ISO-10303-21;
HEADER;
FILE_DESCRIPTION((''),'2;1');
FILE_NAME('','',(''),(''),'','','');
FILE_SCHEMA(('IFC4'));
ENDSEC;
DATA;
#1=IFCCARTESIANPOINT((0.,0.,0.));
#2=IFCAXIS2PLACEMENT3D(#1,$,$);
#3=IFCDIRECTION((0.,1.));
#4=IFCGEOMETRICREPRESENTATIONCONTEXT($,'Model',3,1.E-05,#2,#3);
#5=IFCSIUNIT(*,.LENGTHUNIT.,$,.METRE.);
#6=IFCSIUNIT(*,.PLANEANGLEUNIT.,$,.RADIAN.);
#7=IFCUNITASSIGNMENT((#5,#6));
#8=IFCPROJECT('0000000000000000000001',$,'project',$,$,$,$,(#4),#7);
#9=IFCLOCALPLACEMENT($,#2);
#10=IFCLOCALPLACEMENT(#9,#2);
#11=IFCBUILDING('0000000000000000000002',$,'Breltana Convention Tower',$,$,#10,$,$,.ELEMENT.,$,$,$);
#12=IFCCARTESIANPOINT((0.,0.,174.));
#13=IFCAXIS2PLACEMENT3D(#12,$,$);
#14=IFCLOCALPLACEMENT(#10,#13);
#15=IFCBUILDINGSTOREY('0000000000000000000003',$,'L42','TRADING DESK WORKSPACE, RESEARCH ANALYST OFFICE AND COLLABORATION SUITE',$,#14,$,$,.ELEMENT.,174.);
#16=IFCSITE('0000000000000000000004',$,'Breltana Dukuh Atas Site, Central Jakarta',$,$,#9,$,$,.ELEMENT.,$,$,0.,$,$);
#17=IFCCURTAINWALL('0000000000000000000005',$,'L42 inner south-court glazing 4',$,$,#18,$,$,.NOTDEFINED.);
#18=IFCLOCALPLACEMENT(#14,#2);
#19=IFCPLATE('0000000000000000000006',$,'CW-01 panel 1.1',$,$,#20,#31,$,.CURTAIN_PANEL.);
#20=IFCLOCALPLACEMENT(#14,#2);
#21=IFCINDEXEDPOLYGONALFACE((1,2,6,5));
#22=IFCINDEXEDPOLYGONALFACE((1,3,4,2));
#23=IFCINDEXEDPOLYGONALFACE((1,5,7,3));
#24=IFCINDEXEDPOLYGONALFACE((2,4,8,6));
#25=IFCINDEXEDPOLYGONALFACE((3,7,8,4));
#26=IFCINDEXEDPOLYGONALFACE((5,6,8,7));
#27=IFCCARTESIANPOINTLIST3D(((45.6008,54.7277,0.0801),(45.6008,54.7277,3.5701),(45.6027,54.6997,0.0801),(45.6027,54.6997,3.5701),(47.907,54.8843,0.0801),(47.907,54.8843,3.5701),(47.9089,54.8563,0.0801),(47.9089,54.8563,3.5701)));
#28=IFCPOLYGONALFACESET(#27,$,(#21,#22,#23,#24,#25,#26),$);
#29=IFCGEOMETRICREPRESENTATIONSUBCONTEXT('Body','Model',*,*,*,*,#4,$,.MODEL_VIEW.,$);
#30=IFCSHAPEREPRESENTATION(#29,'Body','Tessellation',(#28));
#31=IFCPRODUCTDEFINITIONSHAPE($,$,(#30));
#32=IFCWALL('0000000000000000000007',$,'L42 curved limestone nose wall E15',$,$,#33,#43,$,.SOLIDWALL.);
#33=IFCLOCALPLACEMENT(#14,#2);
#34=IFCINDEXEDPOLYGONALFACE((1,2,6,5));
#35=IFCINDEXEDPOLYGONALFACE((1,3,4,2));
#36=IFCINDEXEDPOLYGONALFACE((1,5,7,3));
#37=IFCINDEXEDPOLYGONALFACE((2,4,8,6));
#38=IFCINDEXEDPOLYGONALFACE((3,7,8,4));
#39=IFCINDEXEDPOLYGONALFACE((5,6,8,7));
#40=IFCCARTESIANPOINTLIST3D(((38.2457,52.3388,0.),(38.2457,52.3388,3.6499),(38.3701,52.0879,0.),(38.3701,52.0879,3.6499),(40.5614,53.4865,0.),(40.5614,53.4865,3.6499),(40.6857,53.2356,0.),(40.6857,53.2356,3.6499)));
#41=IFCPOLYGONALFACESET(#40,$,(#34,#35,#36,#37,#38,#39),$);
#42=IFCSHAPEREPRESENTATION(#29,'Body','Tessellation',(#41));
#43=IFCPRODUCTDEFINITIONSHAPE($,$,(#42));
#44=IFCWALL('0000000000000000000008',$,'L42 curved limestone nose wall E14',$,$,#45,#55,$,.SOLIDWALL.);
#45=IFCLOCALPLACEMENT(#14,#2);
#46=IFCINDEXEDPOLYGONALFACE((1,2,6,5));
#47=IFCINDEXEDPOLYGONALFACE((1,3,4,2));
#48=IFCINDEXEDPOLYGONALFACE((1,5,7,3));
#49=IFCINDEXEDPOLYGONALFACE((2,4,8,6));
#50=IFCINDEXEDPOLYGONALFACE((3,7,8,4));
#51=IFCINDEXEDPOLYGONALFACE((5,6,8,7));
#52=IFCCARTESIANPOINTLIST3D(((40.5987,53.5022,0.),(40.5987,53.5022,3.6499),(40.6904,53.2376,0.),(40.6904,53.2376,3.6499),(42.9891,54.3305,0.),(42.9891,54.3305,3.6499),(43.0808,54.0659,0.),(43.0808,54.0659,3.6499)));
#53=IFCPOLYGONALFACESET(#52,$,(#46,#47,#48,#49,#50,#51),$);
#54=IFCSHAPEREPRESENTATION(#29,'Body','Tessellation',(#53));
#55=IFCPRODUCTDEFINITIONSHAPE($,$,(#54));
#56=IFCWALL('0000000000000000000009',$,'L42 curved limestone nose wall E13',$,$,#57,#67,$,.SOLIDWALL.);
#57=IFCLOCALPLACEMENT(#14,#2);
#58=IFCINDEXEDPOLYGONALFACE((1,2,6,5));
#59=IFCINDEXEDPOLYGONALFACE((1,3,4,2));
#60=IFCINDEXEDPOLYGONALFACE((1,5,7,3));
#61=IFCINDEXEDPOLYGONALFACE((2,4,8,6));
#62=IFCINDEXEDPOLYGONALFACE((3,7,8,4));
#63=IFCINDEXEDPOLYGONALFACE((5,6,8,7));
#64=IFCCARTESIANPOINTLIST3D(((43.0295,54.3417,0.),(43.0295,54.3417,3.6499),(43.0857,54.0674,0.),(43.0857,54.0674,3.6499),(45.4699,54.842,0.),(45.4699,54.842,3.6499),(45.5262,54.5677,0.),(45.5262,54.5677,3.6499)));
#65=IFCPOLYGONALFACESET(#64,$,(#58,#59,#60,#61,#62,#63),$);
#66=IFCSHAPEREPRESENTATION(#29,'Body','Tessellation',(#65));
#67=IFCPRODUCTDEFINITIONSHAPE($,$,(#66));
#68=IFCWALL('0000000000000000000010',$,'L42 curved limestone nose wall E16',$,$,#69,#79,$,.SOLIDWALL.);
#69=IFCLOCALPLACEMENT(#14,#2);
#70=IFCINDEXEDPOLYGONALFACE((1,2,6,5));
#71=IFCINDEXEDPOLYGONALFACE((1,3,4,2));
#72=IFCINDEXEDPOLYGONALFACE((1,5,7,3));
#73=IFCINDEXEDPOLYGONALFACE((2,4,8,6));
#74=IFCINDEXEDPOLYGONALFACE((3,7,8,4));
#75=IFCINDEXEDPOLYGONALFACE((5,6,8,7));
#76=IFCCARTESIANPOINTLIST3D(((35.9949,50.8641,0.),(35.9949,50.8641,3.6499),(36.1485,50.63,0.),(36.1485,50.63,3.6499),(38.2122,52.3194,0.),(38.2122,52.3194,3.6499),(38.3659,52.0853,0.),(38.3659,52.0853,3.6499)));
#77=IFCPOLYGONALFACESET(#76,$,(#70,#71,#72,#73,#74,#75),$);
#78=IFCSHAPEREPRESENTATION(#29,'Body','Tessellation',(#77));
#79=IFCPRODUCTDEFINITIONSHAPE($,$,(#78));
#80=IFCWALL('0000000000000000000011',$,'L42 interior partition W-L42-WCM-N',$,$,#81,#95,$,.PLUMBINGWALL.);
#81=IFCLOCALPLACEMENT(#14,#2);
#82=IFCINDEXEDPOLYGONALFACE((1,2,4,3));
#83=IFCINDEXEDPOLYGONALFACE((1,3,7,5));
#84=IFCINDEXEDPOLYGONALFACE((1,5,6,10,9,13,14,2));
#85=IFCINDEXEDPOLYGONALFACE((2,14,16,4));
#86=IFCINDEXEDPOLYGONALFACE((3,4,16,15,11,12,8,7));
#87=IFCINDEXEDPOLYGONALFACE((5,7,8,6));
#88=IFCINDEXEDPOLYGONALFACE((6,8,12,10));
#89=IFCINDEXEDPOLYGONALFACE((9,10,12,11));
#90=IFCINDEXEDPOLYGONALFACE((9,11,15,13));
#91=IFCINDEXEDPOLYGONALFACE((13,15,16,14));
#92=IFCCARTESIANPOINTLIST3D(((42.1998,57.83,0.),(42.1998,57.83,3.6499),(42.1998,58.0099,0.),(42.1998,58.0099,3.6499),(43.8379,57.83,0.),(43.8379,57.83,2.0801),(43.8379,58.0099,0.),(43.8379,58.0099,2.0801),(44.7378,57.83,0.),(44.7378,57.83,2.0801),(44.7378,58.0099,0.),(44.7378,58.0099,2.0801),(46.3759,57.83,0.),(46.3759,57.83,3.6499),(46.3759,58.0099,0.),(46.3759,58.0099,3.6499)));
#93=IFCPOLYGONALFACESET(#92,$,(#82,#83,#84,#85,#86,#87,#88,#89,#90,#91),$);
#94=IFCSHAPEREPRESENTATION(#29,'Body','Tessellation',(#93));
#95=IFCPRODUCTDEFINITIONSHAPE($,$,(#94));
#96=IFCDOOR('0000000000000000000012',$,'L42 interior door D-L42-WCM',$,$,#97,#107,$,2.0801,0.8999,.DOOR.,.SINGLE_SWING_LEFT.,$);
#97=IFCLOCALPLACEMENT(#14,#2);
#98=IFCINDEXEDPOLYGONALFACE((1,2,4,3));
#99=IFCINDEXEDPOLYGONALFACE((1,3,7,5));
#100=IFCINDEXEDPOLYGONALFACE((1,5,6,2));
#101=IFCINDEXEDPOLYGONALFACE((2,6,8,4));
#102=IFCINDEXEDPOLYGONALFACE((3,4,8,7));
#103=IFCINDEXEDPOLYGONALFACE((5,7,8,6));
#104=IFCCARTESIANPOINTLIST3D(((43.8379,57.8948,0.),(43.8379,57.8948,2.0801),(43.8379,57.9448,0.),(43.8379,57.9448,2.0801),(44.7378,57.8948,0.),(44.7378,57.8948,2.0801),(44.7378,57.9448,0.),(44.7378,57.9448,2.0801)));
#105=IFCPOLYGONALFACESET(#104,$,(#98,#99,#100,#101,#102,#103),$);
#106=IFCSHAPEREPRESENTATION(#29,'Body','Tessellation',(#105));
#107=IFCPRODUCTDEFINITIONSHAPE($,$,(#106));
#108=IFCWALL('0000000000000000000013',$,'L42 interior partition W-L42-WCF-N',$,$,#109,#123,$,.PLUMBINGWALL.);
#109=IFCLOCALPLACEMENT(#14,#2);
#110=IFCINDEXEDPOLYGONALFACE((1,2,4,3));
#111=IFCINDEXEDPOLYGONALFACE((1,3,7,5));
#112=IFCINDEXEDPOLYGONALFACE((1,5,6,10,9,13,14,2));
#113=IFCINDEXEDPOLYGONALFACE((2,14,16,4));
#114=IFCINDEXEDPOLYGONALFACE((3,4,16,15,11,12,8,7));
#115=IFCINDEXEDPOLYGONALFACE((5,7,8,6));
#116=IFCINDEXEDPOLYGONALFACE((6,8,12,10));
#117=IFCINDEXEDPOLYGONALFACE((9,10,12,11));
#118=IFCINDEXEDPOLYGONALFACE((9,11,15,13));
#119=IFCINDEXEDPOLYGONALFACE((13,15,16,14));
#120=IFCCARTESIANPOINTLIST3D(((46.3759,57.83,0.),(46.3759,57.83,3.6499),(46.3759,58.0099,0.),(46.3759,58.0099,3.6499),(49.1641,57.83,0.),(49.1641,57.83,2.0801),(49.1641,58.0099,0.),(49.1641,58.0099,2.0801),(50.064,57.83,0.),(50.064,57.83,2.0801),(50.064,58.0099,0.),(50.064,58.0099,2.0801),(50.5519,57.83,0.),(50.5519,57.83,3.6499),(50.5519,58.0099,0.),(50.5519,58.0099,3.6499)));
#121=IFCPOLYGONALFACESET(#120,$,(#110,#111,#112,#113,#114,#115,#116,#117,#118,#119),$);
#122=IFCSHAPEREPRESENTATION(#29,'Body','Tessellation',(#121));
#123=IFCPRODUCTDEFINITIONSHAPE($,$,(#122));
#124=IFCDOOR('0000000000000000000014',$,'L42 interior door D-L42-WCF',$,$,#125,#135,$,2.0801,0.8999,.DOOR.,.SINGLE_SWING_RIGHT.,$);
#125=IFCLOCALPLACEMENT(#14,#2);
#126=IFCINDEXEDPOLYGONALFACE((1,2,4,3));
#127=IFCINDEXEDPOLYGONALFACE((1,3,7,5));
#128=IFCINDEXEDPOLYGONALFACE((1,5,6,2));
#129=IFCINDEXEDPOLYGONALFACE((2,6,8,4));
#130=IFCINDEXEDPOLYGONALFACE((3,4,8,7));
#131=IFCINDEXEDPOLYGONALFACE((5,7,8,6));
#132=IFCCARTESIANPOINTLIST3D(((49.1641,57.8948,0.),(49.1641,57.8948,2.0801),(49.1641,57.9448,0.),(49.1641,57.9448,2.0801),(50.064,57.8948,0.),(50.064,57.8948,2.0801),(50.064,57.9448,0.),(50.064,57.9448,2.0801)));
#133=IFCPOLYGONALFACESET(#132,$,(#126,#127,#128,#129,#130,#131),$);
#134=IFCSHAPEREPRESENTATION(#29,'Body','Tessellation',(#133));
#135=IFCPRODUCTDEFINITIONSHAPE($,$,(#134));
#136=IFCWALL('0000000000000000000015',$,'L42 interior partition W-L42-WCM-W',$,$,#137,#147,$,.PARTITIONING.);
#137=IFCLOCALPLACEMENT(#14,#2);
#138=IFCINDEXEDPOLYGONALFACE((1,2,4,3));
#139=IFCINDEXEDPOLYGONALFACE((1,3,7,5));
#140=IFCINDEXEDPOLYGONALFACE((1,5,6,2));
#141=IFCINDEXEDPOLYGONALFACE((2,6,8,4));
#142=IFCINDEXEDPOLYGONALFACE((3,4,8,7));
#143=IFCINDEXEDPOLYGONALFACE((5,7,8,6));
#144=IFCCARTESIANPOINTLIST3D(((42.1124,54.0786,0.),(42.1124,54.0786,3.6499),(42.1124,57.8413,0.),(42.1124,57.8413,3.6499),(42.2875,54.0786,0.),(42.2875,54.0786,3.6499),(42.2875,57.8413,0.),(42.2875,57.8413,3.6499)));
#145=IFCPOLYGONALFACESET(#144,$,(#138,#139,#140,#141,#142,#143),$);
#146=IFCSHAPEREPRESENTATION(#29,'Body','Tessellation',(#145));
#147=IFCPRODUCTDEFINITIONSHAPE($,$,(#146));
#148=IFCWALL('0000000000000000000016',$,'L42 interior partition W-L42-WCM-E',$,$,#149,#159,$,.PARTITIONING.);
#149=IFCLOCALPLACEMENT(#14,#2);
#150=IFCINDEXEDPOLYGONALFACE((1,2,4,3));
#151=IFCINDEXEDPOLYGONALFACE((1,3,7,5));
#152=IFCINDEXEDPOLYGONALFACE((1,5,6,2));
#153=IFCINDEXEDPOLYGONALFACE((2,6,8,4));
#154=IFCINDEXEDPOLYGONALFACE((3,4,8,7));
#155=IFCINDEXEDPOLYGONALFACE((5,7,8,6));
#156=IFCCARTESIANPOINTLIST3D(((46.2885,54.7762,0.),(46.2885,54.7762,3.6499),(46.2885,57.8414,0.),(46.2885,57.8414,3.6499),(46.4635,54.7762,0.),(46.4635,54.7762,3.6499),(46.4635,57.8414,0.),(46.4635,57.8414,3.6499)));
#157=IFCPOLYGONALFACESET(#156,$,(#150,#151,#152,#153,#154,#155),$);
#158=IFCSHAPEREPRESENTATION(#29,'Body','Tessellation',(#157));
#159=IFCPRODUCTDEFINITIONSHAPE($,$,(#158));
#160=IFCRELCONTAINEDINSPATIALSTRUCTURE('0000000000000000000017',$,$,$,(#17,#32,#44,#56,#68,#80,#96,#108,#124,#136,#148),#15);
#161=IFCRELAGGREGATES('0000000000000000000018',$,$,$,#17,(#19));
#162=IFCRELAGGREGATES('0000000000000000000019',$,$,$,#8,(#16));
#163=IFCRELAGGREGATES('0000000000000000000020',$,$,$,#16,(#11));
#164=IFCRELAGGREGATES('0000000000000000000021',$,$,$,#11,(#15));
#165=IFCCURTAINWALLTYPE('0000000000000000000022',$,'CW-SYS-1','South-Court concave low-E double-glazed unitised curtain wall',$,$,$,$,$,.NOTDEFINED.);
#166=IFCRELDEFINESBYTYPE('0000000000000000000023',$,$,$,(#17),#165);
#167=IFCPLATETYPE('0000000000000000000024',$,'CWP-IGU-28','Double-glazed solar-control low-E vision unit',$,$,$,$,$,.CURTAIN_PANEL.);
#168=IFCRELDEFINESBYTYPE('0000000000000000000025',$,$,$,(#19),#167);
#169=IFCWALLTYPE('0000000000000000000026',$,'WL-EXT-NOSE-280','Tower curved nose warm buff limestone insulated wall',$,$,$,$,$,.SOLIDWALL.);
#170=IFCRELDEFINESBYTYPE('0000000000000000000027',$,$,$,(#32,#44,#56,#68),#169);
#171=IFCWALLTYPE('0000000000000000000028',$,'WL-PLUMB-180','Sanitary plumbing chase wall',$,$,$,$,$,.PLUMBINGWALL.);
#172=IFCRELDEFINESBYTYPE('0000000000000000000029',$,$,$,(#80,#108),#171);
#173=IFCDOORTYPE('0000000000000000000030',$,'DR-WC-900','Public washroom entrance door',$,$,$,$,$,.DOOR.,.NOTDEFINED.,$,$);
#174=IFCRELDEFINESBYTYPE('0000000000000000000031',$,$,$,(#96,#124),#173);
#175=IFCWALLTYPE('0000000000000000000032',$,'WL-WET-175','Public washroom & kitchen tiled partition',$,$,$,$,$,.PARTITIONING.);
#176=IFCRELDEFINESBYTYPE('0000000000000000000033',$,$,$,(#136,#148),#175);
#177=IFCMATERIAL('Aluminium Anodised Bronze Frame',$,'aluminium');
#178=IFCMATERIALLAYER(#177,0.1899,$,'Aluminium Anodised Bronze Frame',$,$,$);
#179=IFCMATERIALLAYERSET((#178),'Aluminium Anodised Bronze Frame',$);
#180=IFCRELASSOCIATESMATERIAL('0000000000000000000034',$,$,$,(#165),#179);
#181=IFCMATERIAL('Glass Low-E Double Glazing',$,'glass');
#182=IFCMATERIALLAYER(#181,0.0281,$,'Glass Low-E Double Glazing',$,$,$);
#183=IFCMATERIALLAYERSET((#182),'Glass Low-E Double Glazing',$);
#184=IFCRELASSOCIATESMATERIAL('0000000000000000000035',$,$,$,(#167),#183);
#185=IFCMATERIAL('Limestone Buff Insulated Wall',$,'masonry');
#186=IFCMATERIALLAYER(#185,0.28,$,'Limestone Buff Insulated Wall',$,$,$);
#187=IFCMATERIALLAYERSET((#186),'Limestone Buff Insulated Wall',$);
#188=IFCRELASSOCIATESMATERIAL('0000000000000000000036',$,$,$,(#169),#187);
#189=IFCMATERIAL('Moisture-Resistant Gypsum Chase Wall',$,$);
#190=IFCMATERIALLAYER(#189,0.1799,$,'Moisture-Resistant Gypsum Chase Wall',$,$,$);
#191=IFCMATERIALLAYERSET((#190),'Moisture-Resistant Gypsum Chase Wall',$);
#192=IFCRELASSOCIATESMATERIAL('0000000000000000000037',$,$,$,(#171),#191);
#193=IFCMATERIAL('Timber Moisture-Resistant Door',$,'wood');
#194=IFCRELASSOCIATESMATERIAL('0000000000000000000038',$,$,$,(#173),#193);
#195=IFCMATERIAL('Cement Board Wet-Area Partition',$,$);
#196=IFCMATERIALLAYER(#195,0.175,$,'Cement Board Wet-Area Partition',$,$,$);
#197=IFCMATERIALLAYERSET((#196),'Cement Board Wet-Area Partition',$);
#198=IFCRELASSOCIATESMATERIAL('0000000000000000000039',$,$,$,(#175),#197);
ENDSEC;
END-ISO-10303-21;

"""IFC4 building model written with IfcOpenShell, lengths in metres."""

from ifc_helpers import new_model, si_unit, direction, frame, frame_2d, origin, origin_2d, place, context, subcontext, project, spatial, rectangle, extrude, source, transform, mapped, material, layer, layer_set, type_object, type_shapes, element, fill, aggregate, save


model = new_model("IFC4")

# Units and contexts
model_context = context("Model", 3, precision=1e-05, world=origin(), true_north=direction((0.0, 1.0)))
body_context = subcontext(model_context, "Body", "Model", "MODEL_VIEW")
ifc_project = project(units=[si_unit("LENGTHUNIT", "METRE"), si_unit("PLANEANGLEUNIT", "RADIAN")], contexts=[model_context])

# Site, building, storey
site_placement = place(None, origin())
site = spatial("IfcSite", under=ifc_project, at=site_placement, Name="Breltana Dukuh Atas Site, Central Jakarta", CompositionType="ELEMENT", RefElevation=0.0)
building_placement = place(site_placement, origin())
building = spatial("IfcBuilding", under=site, at=building_placement, Name="Breltana Convention Tower", CompositionType="ELEMENT")
storey_placement = place(building_placement, frame((0.0, 0.0, 174.0)))
storey = spatial("IfcBuildingStorey", under=building, at=storey_placement, Name="L42", Description="TRADING DESK WORKSPACE, RESEARCH ANALYST OFFICE AND COLLABORATION SUITE", CompositionType="ELEMENT", Elevation=174.0)

# Curtain wall
ifc_material_1 = material(Name="Aluminium Anodised Bronze Frame", Category="aluminium")
ifc_layer_1 = layer(ifc_material_1, 0.1899, Name="Aluminium Anodised Bronze Frame")
ifc_layer_set_1 = layer_set([ifc_layer_1], Name="Aluminium Anodised Bronze Frame")
curtain_wall_type = type_object("IfcCurtainWallType", Name="CW-SYS-1", Description="South-Court concave low-E double-glazed unitised curtain wall", PredefinedType="NOTDEFINED", material=ifc_layer_set_1)
curtain_wall_1_placement = place(storey_placement, origin())
curtain_wall_1 = element("IfcCurtainWall", 1, at=curtain_wall_1_placement, inside=storey, type_object=curtain_wall_type, Name="L42 inner south-court glazing 4", PredefinedType="NOTDEFINED")

# Plate
ifc_material_2 = material(Name="Glass Low-E Double Glazing", Category="glass")
ifc_layer_2 = layer(ifc_material_2, 0.0281, Name="Glass Low-E Double Glazing")
ifc_layer_set_2 = layer_set([ifc_layer_2], Name="Glass Low-E Double Glazing")
plate_type = type_object("IfcPlateType", Name="CWP-IGU-28", Description="Double-glazed solar-control low-E vision unit", PredefinedType="CURTAIN_PANEL", material=ifc_layer_set_2)
shared_shape_1 = source(origin(), body_context, "Body", "SweptSolid", [
    extrude(rectangle(XDim=2.3115, YDim=0.0281, at=origin_2d()), origin(), (0.0, 0.0, 1.0), 3.49),
])
plate_placement = place(storey_placement, frame((46.7549, 54.792, 0.0801), z_axis=(0.0, 0.0, 1.0), x_axis=(-0.997703, -0.067733, 0.0)))
plate = element("IfcPlate", 2, at=plate_placement, type_object=plate_type, Name="CW-01 panel 1.1", PredefinedType="CURTAIN_PANEL", context=body_context, shape_type="MappedRepresentation", body=[
    mapped(shared_shape_1, transform((0.0, 0.0, 0.0), scale=1.0)),
])
aggregate(curtain_wall_1, [plate])

# Walls
ifc_material_3 = material(Name="Limestone Buff Insulated Wall", Category="masonry")
ifc_layer_3 = layer(ifc_material_3, 0.28, Name="Limestone Buff Insulated Wall")
ifc_layer_set_3 = layer_set([ifc_layer_3], Name="Limestone Buff Insulated Wall")
wall_type_1 = type_object("IfcWallType", Name="WL-EXT-NOSE-280", Description="Tower curved nose warm buff limestone insulated wall", PredefinedType="SOLIDWALL", material=ifc_layer_set_3)
shared_shape_2 = source(origin(), body_context, "Body", "SweptSolid", [
    extrude(rectangle(XDim=2.5845, YDim=0.28, at=frame_2d((1.2922, 0.0))), origin(), (0.0, 0.0, 1.0), 3.6499),
])
wall_1_placement = place(storey_placement, frame((40.6235, 53.3611, 0.0), z_axis=(0.0, 0.0, 1.0), x_axis=(-0.89599, -0.444075, 0.0)))
element("IfcWall", 3, at=wall_1_placement, inside=storey, type_object=wall_type_1, Name="L42 curved limestone nose wall E15", PredefinedType="SOLIDWALL", context=body_context, shape_type="MappedRepresentation", body=[
    mapped(shared_shape_2, transform((0.0, 0.0, 0.0), scale=1.0)),
])
shared_shape_3 = source(origin(), body_context, "Body", "SweptSolid", [
    extrude(rectangle(XDim=2.5298, YDim=0.28, at=frame_2d((1.2649, 0.0))), origin(), (0.0, 0.0, 1.0), 3.6499),
])
wall_2_placement = place(storey_placement, frame((43.0349, 54.1982, 0.0), z_axis=(0.0, 0.0, 1.0), x_axis=(-0.944872, -0.327439, 0.0)))
element("IfcWall", 4, at=wall_2_placement, inside=storey, type_object=wall_type_1, Name="L42 curved limestone nose wall E14", PredefinedType="SOLIDWALL", context=body_context, shape_type="MappedRepresentation", body=[
    mapped(shared_shape_3, transform((0.0, 0.0, 0.0), scale=1.0)),
])
shared_shape_4 = source(origin(), body_context, "Body", "SweptSolid", [
    extrude(rectangle(XDim=2.4912, YDim=0.28, at=frame_2d((1.2456, 0.0))), origin(), (0.0, 0.0, 1.0), 3.6499),
])
wall_3_placement = place(storey_placement, frame((45.498, 54.7048, 0.0), z_axis=(0.0, 0.0, 1.0), x_axis=(-0.979631, -0.200807, 0.0)))
element("IfcWall", 5, at=wall_3_placement, inside=storey, type_object=wall_type_1, Name="L42 curved limestone nose wall E13", PredefinedType="SOLIDWALL", context=body_context, shape_type="MappedRepresentation", body=[
    mapped(shared_shape_4, transform((0.0, 0.0, 0.0), scale=1.0)),
])
shared_shape_5 = source(origin(), body_context, "Body", "SweptSolid", [
    extrude(rectangle(XDim=2.6523, YDim=0.28, at=frame_2d((1.3262, 0.0))), origin(), (0.0, 0.0, 1.0), 3.6499),
])
wall_4_placement = place(storey_placement, frame((38.2891, 52.2024, 0.0), z_axis=(0.0, 0.0, 1.0), x_axis=(-0.836008, -0.548717, 0.0)))
element("IfcWall", 6, at=wall_4_placement, inside=storey, type_object=wall_type_1, Name="L42 curved limestone nose wall E16", PredefinedType="SOLIDWALL", context=body_context, shape_type="MappedRepresentation", body=[
    mapped(shared_shape_5, transform((0.0, 0.0, 0.0), scale=1.0)),
])

# Walls, openings, doors
ifc_material_4 = material(Name="Moisture-Resistant Gypsum Chase Wall")
ifc_layer_4 = layer(ifc_material_4, 0.1799, Name="Moisture-Resistant Gypsum Chase Wall")
ifc_layer_set_4 = layer_set([ifc_layer_4], Name="Moisture-Resistant Gypsum Chase Wall")
wall_type_2 = type_object("IfcWallType", Name="WL-PLUMB-180", Description="Sanitary plumbing chase wall", PredefinedType="PLUMBINGWALL", material=ifc_layer_set_4)
shared_shape_6 = source(origin(), body_context, "Body", "SweptSolid", [
    extrude(rectangle(XDim=4.176, YDim=0.1799, at=frame_2d((2.0879, 0.0))), origin(), (0.0, 0.0, 1.0), 3.6499),
])
wall_5_placement = place(storey_placement, frame((42.2, 57.9199, 0.0), z_axis=(0.0, 0.0, 1.0), x_axis=(1.0, 0.0, 0.0)))
wall_5 = element("IfcWall", 7, at=wall_5_placement, inside=storey, type_object=wall_type_2, Name="L42 interior partition W-L42-WCM-N", PredefinedType="PLUMBINGWALL", context=body_context, shape_type="MappedRepresentation", body=[
    mapped(shared_shape_6, transform((0.0, 0.0, 0.0), scale=1.0)),
])
opening_1_placement = place(wall_5_placement, frame((1.6379, 0.0, 0.0)))
opening_1 = element("IfcOpeningElement", 8, at=opening_1_placement, cuts=wall_5, PredefinedType="OPENING", context=body_context, shape_type="SweptSolid", body=[
    extrude(rectangle(XDim=0.8999, YDim=2.0801, at=frame_2d((0.45, 1.04))), frame((0.0, 0.1001, 0.0), z_axis=(0.0, -1.0, 0.0), x_axis=(1.0, 0.0, 0.0)), (0.0, 0.0, 1.0), 0.2),
])
ifc_material_5 = material(Name="Timber Moisture-Resistant Door", Category="wood")
door_type = type_object("IfcDoorType", Name="DR-WC-900", Description="Public washroom entrance door", OperationType="NOTDEFINED", PredefinedType="DOOR", material=ifc_material_5)
shared_shape_7 = source(origin(), body_context, "Body", "SweptSolid", [
    extrude(rectangle(XDim=0.8999, YDim=2.0801, at=frame_2d((0.45, 1.04))), frame((0.0, 0.0249, 0.0), z_axis=(0.0, -1.0, 0.0), x_axis=(1.0, 0.0, 0.0)), (0.0, 0.0, 1.0), 0.05),
])
type_shapes(door_type, [shared_shape_7])
door_1_placement = place(opening_1_placement, origin())
door_1 = element("IfcDoor", 9, at=door_1_placement, inside=storey, type_object=door_type, Name="L42 interior door D-L42-WCM", OperationType="SINGLE_SWING_LEFT", OverallHeight=2.0801, OverallWidth=0.8999, PredefinedType="DOOR", context=body_context, shape_type="MappedRepresentation", body=[
    mapped(shared_shape_7, transform((0.0, 0.0, 0.0), scale=1.0)),
])
fill(opening_1, door_1)
wall_6_placement = place(storey_placement, frame((46.376, 57.9199, 0.0), z_axis=(0.0, 0.0, 1.0), x_axis=(1.0, 0.0, 0.0)))
wall_6 = element("IfcWall", 10, at=wall_6_placement, inside=storey, type_object=wall_type_2, Name="L42 interior partition W-L42-WCF-N", PredefinedType="PLUMBINGWALL", context=body_context, shape_type="MappedRepresentation", body=[
    mapped(shared_shape_6, transform((0.0, 0.0, 0.0), scale=1.0)),
])
opening_2_placement = place(wall_6_placement, frame((2.7881, 0.0, 0.0)))
opening_2 = element("IfcOpeningElement", 11, at=opening_2_placement, cuts=wall_6, PredefinedType="OPENING", context=body_context, shape_type="SweptSolid", body=[
    extrude(rectangle(XDim=0.8999, YDim=2.0801, at=frame_2d((0.45, 1.04))), frame((0.0, 0.1001, 0.0), z_axis=(0.0, -1.0, 0.0), x_axis=(1.0, 0.0, 0.0)), (0.0, 0.0, 1.0), 0.2),
])
door_2_placement = place(opening_2_placement, origin())
door_2 = element("IfcDoor", 12, at=door_2_placement, inside=storey, type_object=door_type, Name="L42 interior door D-L42-WCF", OperationType="SINGLE_SWING_RIGHT", OverallHeight=2.0801, OverallWidth=0.8999, PredefinedType="DOOR", context=body_context, shape_type="MappedRepresentation", body=[
    mapped(shared_shape_7, transform((0.0, 0.0, 0.0), scale=1.0)),
])
fill(opening_2, door_2)

# Walls
ifc_material_6 = material(Name="Cement Board Wet-Area Partition")
ifc_layer_5 = layer(ifc_material_6, 0.175, Name="Cement Board Wet-Area Partition")
ifc_layer_set_5 = layer_set([ifc_layer_5], Name="Cement Board Wet-Area Partition")
wall_type_3 = type_object("IfcWallType", Name="WL-WET-175", Description="Public washroom & kitchen tiled partition", PredefinedType="PARTITIONING", material=ifc_layer_set_5)
shared_shape_8 = source(origin(), body_context, "Body", "SweptSolid", [
    extrude(rectangle(XDim=3.7627, YDim=0.175, at=frame_2d((1.8813, 0.0))), origin(), (0.0, 0.0, 1.0), 3.6499),
])
wall_7_placement = place(storey_placement, frame((42.2, 54.0786, 0.0), z_axis=(0.0, 0.0, 1.0), x_axis=(0.0, 1.0, 0.0)))
element("IfcWall", 13, at=wall_7_placement, inside=storey, type_object=wall_type_3, Name="L42 interior partition W-L42-WCM-W", PredefinedType="PARTITIONING", context=body_context, shape_type="MappedRepresentation", body=[
    mapped(shared_shape_8, transform((0.0, 0.0, 0.0), scale=1.0)),
])
shared_shape_9 = source(origin(), body_context, "Body", "SweptSolid", [
    extrude(rectangle(XDim=3.0652, YDim=0.175, at=frame_2d((1.5327, 0.0))), origin(), (0.0, 0.0, 1.0), 3.6499),
])
wall_8_placement = place(storey_placement, frame((46.376, 54.7761, 0.0), z_axis=(0.0, 0.0, 1.0), x_axis=(0.0, 1.0, 0.0)))
element("IfcWall", 14, at=wall_8_placement, inside=storey, type_object=wall_type_3, Name="L42 interior partition W-L42-WCM-E", PredefinedType="PARTITIONING", context=body_context, shape_type="MappedRepresentation", body=[
    mapped(shared_shape_9, transform((0.0, 0.0, 0.0), scale=1.0)),
])

save(model, "model.ifc")
